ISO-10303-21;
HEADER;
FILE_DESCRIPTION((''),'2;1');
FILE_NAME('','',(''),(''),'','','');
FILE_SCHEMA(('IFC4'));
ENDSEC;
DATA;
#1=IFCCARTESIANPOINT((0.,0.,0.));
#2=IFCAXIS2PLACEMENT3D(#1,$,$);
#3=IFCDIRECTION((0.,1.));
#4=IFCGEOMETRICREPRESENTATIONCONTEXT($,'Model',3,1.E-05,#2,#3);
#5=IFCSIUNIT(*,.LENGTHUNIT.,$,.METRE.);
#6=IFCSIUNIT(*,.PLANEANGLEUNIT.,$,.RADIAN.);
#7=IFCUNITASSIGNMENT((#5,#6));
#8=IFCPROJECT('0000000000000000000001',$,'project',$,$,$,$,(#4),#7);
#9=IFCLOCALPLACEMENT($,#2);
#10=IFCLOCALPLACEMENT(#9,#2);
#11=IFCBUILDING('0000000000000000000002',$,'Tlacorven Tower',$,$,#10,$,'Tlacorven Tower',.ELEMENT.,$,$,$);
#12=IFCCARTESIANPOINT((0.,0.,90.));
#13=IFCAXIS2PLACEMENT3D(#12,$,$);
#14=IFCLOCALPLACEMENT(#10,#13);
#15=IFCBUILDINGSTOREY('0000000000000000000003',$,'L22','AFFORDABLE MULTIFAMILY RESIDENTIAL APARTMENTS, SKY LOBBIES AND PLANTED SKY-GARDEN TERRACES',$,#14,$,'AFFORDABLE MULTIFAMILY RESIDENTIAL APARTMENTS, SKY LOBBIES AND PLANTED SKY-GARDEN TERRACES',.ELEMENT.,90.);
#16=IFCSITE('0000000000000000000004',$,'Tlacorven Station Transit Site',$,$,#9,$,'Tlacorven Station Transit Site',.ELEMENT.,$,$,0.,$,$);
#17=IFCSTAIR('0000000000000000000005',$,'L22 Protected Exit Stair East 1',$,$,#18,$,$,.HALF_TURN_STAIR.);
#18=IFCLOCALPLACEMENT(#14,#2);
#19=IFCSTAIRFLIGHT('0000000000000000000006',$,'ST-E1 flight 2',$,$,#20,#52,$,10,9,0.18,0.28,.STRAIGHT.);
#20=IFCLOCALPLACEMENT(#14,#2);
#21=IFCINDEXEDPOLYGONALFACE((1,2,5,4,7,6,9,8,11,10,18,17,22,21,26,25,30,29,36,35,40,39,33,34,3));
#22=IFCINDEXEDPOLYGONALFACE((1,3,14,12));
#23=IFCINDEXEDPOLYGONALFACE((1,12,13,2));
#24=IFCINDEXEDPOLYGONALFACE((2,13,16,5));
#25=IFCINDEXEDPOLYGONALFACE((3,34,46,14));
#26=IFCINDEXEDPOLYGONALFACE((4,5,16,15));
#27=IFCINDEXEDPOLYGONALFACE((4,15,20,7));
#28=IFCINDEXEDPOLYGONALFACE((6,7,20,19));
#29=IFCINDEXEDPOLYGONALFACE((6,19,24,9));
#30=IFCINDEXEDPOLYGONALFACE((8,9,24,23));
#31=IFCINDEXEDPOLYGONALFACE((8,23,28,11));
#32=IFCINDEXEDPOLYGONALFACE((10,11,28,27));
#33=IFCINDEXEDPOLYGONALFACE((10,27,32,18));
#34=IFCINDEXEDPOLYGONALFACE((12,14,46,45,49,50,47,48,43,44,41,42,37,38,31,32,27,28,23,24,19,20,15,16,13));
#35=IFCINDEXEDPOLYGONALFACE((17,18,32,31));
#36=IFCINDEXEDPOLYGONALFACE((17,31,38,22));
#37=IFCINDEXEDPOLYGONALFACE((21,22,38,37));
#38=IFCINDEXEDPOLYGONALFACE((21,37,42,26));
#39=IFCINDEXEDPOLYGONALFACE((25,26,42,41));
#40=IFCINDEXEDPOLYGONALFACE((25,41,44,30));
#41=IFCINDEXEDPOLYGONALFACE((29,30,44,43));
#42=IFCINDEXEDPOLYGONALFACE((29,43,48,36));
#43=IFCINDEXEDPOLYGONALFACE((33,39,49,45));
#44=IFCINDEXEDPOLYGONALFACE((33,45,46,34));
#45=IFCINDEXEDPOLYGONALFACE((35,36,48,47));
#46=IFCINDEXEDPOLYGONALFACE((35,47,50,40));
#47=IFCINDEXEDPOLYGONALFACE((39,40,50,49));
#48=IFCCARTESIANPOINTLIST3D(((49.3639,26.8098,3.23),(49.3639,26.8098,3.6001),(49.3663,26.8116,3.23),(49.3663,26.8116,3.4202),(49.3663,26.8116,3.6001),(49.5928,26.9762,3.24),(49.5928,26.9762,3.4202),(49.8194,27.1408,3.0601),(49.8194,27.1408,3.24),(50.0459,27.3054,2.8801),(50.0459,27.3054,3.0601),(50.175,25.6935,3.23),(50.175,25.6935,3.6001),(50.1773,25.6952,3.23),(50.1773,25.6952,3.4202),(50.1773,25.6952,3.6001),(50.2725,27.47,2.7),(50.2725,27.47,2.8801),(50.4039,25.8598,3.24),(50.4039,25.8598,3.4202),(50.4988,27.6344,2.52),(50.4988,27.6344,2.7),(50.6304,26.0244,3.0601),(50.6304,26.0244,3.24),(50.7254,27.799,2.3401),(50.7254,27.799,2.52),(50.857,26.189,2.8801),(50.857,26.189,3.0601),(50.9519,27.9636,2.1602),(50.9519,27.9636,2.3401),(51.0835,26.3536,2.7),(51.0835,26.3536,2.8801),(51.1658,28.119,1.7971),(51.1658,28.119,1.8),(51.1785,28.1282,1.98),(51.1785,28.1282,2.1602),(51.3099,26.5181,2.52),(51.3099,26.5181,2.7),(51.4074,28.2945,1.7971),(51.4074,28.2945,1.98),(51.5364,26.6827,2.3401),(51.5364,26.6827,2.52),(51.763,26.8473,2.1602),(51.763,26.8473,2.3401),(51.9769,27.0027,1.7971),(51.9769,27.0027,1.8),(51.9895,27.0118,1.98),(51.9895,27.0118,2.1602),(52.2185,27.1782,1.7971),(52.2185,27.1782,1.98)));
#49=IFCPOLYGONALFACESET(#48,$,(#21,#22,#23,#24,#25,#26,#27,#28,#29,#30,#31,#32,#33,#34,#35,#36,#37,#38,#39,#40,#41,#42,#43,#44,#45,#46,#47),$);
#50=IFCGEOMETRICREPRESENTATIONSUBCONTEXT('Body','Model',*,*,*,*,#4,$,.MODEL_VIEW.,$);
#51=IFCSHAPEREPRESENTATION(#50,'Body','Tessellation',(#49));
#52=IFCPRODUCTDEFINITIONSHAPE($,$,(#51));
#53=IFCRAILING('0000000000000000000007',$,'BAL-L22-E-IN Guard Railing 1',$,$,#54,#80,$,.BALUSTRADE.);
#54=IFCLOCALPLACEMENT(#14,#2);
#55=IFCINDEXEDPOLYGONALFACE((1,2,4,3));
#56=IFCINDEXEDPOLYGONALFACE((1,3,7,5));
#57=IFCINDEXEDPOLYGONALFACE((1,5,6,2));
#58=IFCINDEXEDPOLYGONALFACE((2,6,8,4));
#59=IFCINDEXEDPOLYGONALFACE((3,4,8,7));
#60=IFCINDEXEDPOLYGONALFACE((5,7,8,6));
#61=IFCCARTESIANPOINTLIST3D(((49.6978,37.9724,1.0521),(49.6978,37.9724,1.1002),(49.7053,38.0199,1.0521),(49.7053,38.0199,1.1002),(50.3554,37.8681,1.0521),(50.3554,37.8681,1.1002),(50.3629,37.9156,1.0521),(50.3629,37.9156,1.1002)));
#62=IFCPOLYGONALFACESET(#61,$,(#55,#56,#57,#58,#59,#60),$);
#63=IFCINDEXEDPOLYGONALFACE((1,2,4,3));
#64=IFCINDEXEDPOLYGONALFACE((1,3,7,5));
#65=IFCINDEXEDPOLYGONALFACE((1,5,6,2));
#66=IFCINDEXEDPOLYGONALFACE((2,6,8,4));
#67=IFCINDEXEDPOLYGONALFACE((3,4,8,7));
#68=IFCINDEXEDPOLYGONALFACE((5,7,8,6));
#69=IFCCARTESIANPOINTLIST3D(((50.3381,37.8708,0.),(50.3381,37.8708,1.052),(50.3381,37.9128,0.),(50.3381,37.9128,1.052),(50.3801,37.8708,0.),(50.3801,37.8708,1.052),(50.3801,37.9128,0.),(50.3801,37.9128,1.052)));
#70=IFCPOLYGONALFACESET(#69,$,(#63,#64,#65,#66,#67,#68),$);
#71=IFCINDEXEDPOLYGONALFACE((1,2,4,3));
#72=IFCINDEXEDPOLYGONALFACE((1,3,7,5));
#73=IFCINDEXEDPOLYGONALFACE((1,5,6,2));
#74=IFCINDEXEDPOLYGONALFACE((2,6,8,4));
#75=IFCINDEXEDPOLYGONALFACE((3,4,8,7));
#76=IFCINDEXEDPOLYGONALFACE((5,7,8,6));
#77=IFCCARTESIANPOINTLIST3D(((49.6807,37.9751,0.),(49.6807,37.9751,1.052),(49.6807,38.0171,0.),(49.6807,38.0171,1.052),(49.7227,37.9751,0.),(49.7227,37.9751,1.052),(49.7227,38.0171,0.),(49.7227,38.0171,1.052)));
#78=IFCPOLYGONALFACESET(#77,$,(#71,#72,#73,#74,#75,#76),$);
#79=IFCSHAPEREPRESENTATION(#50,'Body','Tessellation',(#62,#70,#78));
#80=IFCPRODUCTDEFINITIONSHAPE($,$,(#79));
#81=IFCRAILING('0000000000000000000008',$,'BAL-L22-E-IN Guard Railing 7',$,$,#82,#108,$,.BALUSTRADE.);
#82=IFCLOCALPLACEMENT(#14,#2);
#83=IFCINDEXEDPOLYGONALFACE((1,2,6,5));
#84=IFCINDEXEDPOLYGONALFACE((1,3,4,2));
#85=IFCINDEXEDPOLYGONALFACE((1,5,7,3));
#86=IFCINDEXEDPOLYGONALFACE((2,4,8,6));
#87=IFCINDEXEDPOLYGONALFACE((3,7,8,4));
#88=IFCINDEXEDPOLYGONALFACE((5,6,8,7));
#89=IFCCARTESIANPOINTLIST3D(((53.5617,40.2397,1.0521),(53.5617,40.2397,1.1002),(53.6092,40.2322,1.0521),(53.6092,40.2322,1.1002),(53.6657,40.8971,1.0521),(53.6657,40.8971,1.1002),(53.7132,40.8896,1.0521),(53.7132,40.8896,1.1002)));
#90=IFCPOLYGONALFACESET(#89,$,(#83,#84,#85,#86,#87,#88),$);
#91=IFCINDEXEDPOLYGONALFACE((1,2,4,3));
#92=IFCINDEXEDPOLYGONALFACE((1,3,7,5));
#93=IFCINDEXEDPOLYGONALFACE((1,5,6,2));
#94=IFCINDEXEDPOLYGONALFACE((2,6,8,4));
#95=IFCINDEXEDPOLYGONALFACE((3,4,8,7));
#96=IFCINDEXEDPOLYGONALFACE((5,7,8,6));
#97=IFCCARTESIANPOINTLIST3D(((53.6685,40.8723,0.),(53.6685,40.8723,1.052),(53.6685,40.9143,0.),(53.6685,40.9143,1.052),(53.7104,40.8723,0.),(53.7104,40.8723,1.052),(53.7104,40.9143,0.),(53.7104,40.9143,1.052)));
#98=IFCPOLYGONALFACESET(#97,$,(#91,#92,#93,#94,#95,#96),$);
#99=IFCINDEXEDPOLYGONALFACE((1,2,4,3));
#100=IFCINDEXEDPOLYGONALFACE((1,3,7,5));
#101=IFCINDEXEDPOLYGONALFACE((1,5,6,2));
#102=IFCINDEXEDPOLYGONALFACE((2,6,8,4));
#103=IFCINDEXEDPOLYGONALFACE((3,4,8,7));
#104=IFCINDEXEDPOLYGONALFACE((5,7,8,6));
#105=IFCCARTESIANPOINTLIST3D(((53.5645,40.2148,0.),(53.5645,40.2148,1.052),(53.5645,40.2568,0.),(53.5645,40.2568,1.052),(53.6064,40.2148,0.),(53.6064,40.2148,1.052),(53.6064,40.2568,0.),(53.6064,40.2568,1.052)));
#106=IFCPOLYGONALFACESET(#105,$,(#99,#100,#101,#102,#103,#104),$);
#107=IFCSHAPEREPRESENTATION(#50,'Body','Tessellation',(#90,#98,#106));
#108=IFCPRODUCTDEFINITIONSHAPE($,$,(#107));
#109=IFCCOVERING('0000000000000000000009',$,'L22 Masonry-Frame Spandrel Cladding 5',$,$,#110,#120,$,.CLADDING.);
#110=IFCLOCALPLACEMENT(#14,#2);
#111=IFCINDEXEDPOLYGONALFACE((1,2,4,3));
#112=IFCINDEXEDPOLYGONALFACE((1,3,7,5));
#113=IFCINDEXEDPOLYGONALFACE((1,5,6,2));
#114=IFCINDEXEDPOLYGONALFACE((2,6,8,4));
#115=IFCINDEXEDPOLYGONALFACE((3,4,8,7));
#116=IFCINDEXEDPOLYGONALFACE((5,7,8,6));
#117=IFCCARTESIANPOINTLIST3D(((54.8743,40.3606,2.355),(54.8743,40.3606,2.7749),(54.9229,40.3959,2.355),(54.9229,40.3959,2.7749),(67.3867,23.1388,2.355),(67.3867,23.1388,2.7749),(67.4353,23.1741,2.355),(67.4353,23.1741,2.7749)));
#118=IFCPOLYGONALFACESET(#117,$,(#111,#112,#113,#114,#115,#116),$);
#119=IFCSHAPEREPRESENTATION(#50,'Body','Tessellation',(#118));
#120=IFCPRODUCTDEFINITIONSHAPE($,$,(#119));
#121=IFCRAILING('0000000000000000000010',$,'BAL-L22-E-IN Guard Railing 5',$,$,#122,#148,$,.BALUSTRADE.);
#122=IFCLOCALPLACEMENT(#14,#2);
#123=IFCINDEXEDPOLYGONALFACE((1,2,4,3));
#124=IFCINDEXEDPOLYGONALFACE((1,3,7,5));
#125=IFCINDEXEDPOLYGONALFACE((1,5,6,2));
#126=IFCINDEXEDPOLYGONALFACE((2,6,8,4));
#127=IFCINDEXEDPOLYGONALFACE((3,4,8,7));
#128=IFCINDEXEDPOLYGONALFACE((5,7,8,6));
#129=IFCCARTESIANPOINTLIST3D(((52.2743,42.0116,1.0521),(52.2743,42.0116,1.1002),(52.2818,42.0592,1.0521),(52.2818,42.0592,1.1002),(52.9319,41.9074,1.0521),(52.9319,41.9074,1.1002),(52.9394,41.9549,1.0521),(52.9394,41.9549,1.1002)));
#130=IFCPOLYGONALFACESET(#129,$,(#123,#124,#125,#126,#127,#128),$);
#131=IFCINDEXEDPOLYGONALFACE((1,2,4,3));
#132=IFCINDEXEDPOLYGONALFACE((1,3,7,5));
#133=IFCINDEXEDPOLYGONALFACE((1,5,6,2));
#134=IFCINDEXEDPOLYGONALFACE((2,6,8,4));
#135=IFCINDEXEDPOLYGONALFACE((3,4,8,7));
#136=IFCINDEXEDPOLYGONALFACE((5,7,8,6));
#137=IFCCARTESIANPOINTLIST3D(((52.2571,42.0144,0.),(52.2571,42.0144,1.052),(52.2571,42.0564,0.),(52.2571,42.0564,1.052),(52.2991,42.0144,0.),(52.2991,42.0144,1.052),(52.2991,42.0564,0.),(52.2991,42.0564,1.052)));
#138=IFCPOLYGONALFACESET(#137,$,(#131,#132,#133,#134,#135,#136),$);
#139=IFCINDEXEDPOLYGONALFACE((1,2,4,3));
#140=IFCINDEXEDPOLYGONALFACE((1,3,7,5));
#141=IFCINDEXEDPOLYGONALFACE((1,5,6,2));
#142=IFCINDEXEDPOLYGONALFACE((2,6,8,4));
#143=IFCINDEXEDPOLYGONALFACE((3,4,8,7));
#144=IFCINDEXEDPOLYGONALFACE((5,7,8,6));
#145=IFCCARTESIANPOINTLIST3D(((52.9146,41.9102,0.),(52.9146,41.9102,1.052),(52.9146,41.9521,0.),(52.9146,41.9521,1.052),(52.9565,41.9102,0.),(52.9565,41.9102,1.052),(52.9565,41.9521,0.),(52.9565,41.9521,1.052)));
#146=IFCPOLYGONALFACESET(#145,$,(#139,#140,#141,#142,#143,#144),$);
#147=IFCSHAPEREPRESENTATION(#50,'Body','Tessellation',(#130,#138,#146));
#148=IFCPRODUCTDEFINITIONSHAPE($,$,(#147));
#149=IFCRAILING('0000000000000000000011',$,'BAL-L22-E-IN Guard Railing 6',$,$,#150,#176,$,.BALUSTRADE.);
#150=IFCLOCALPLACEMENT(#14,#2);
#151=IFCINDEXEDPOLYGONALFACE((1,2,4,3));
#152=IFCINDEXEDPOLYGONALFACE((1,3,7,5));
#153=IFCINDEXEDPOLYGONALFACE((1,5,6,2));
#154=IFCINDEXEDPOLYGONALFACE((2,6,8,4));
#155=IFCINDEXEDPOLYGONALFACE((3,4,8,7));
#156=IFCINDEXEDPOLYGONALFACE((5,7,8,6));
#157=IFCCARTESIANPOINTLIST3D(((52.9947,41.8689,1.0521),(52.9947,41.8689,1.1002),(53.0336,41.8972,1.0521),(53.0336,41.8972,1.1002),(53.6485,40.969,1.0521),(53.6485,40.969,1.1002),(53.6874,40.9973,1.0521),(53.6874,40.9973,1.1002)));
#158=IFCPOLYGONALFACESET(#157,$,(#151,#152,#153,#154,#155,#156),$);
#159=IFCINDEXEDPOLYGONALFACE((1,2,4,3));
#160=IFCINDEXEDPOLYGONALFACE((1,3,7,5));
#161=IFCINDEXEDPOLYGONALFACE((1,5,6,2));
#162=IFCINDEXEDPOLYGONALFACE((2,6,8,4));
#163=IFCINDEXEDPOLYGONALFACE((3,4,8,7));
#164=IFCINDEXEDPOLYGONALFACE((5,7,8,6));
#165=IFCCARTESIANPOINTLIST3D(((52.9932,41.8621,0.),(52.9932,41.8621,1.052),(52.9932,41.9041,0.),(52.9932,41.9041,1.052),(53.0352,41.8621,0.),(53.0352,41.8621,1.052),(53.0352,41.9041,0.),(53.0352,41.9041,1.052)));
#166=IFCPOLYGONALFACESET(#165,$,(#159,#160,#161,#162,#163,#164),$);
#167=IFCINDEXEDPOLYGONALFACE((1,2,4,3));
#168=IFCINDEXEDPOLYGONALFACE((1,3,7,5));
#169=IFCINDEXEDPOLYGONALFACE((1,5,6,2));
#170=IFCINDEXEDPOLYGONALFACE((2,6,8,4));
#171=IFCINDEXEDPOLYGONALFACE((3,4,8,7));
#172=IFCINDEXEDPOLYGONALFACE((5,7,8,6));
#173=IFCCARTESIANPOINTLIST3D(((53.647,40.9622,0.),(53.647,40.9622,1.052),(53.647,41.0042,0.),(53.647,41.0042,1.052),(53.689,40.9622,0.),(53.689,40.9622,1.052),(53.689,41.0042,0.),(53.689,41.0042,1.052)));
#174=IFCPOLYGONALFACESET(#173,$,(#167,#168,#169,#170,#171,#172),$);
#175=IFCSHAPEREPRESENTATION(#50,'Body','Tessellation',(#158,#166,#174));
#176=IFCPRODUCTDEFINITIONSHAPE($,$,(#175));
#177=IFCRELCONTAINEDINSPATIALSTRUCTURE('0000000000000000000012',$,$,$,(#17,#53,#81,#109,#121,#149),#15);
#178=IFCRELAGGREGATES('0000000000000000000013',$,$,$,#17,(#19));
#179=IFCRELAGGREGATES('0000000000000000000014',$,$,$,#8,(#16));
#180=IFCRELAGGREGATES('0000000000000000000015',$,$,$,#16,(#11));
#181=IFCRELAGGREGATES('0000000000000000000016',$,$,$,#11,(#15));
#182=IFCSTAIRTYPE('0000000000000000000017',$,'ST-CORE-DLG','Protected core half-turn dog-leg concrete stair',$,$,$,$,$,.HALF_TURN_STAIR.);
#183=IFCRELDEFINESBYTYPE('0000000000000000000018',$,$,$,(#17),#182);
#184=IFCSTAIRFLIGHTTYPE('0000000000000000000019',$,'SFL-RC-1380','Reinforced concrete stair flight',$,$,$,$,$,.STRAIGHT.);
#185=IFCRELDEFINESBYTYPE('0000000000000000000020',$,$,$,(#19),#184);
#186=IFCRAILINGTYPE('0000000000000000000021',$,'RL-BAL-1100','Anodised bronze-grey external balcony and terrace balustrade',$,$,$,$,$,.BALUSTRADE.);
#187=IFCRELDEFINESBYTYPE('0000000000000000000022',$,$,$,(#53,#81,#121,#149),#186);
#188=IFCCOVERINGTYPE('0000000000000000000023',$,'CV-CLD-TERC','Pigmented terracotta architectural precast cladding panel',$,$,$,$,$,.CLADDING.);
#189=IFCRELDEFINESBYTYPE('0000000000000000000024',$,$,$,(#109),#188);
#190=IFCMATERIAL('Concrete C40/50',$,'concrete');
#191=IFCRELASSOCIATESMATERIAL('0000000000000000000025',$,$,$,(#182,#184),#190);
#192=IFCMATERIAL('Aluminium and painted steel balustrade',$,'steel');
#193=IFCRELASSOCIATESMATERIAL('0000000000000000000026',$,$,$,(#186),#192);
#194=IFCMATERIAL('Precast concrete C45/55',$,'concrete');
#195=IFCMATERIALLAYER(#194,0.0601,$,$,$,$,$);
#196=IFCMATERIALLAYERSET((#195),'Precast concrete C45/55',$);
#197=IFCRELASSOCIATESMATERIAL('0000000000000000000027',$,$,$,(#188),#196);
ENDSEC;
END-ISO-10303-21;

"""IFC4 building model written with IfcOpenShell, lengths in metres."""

from ifc_helpers import new_model, si_unit, direction, frame, origin, origin_2d, place, context, subcontext, project, spatial, polyline, rectangle, outline, extrude, source, transform, mapped, material, layer, layer_set, type_object, element, aggregate, save


model = new_model("IFC4")

# Units and contexts
model_context = context("Model", 3, precision=1e-05, world=origin(), true_north=direction((0.0, 1.0)))
body_context = subcontext(model_context, "Body", "Model", "MODEL_VIEW")
ifc_project = project(units=[si_unit("LENGTHUNIT", "METRE"), si_unit("PLANEANGLEUNIT", "RADIAN")], contexts=[model_context])

# Site, building, storey
site_placement = place(None, origin())
site = spatial("IfcSite", under=ifc_project, at=site_placement, Name="Tlacorven Station Transit Site", LongName="Tlacorven Station Transit Site", CompositionType="ELEMENT", RefElevation=0.0)
building_placement = place(site_placement, origin())
building = spatial("IfcBuilding", under=site, at=building_placement, Name="Tlacorven Tower", LongName="Tlacorven Tower", CompositionType="ELEMENT")
storey_placement = place(building_placement, frame((0.0, 0.0, 90.0)))
storey = spatial("IfcBuildingStorey", under=building, at=storey_placement, Name="L22", Description="AFFORDABLE MULTIFAMILY RESIDENTIAL APARTMENTS, SKY LOBBIES AND PLANTED SKY-GARDEN TERRACES", LongName="AFFORDABLE MULTIFAMILY RESIDENTIAL APARTMENTS, SKY LOBBIES AND PLANTED SKY-GARDEN TERRACES", CompositionType="ELEMENT", Elevation=90.0)

# Shared definitions
ifc_material_1 = material(Name="Precast concrete C45/55", Category="concrete")

# Stair, stair flight
ifc_material_2 = material(Name="Concrete C40/50", Category="concrete")
stair_type = type_object("IfcStairType", Name="ST-CORE-DLG", Description="Protected core half-turn dog-leg concrete stair", PredefinedType="HALF_TURN_STAIR", material=ifc_material_2)
stair_placement = place(storey_placement, origin())
stair = element("IfcStair", 1, at=stair_placement, inside=storey, type_object=stair_type, Name="L22 Protected Exit Stair East 1", PredefinedType="HALF_TURN_STAIR")
stair_flight_type = type_object("IfcStairFlightType", Name="SFL-RC-1380", Description="Reinforced concrete stair flight", PredefinedType="STRAIGHT", material=ifc_material_2)
shared_shape_1 = source(origin(), body_context, "Body", "SweptSolid", [
    extrude(outline(polyline([(-0.0029, -0.0029), (-0.0029, 0.1799), (0.28, 0.1799), (0.28, 0.3601), (0.5601, 0.3601), (0.5601, 0.54), (0.8401, 0.54), (0.8401, 0.72), (1.1201, 0.72), (1.1201, 0.8999), (1.3999, 0.8999), (1.3999, 1.0801), (1.6799, 1.0801), (1.6799, 1.26), (1.96, 1.26), (1.96, 1.4399), (2.24, 1.4399), (2.24, 1.6201), (2.52, 1.6201), (2.52, 1.8), (2.5229, 1.8), (2.5229, 1.4299), (2.52, 1.4299), (0.2957, 0.0), (0.2957, -0.0029), (-0.0029, -0.0029)])), frame((0.0, 0.6899, 0.0), z_axis=(0.0, -1.0, 0.0), x_axis=(1.0, 0.0, 0.0)), (0.0, 0.0, 1.0), 1.3799),
])
stair_flight_placement = place(storey_placement, frame((51.8105, 27.7346, 1.8), z_axis=(0.0, 0.0, 1.0), x_axis=(-0.809017, -0.587785, 0.0)))
stair_flight = element("IfcStairFlight", 2, at=stair_flight_placement, type_object=stair_flight_type, Name="ST-E1 flight 2", NumberOfRisers=10, NumberOfTreads=9, PredefinedType="STRAIGHT", RiserHeight=0.18, TreadLength=0.28, context=body_context, shape_type="MappedRepresentation", body=[
    mapped(shared_shape_1, transform((0.0, 0.0, 0.0), scale=1.0)),
])
aggregate(stair, [stair_flight])

# Railings
ifc_material_3 = material(Name="Aluminium and painted steel balustrade", Category="steel")
railing_type_1 = type_object("IfcRailingType", Name="RL-BAL-1100", Description="Anodised bronze-grey external balcony and terrace balustrade", PredefinedType="BALUSTRADE", material=ifc_material_3)
shared_shape_2 = source(origin(), body_context, "Body", "SweptSolid", [
    extrude(rectangle(XDim=0.0481, YDim=0.0481, at=origin_2d()), frame((0.0, 0.0, 1.0762), z_axis=(-0.987662, 0.156603, 0.0), x_axis=(-0.156603, -0.987662, 0.0)), (0.0, 0.0, 1.0), 0.6658),
    extrude(rectangle(XDim=0.042, YDim=0.042, at=origin_2d()), origin(), (0.0, 0.0, 1.0), 1.052),
    extrude(rectangle(XDim=0.042, YDim=0.042, at=origin_2d()), frame((-0.6575, 0.1042, 0.0)), (0.0, 0.0, 1.0), 1.052),
])
railing_1_placement = place(storey_placement, frame((50.3591, 37.8918, 0.0)))
element("IfcRailing", 3, at=railing_1_placement, inside=storey, type_object=railing_type_1, Name="BAL-L22-E-IN Guard Railing 1", PredefinedType="BALUSTRADE", context=body_context, shape_type="MappedRepresentation", body=[
    mapped(shared_shape_2, transform((0.0, 0.0, 0.0), scale=1.0)),
])
shared_shape_3 = source(origin(), body_context, "Body", "SweptSolid", [
    extrude(rectangle(XDim=0.0481, YDim=0.0481, at=origin_2d()), frame((0.0, 0.0, 1.0762), z_axis=(-0.156245, -0.987718, 0.0), x_axis=(0.987718, -0.156245, 0.0)), (0.0, 0.0, 1.0), 0.6655),
    extrude(rectangle(XDim=0.042, YDim=0.042, at=origin_2d()), origin(), (0.0, 0.0, 1.0), 1.052),
    extrude(rectangle(XDim=0.042, YDim=0.042, at=origin_2d()), frame((-0.104, -0.6575, 0.0)), (0.0, 0.0, 1.0), 1.052),
])
railing_2_placement = place(storey_placement, frame((53.6895, 40.8933, 0.0)))
element("IfcRailing", 4, at=railing_2_placement, inside=storey, type_object=railing_type_1, Name="BAL-L22-E-IN Guard Railing 7", PredefinedType="BALUSTRADE", context=body_context, shape_type="MappedRepresentation", body=[
    mapped(shared_shape_3, transform((0.0, 0.0, 0.0), scale=1.0)),
])

# Covering
ifc_layer_1 = layer(ifc_material_1, 0.0601)
ifc_layer_set_1 = layer_set([ifc_layer_1], Name="Precast concrete C45/55")
covering_type = type_object("IfcCoveringType", Name="CV-CLD-TERC", Description="Pigmented terracotta architectural precast cladding panel", PredefinedType="CLADDING", material=ifc_layer_set_1)
shared_shape_4 = source(origin(), body_context, "Body", "SweptSolid", [
    extrude(rectangle(XDim=21.2874, YDim=0.0601, at=origin_2d()), origin(), (0.0, 0.0, 1.0), 0.4199),
])
covering_placement = place(storey_placement, frame((61.1548, 31.7673, 2.355), z_axis=(0.0, 0.0, 1.0), x_axis=(0.587785, -0.809017, 0.0)))
element("IfcCovering", 5, at=covering_placement, inside=storey, type_object=covering_type, Name="L22 Masonry-Frame Spandrel Cladding 5", PredefinedType="CLADDING", context=body_context, shape_type="MappedRepresentation", body=[
    mapped(shared_shape_4, transform((0.0, 0.0, 0.0), scale=1.0)),
])

# Railings
shared_shape_5 = source(origin(), body_context, "Body", "SweptSolid", [
    extrude(rectangle(XDim=0.0481, YDim=0.0481, at=origin_2d()), frame((0.0, 0.0, 1.0762), z_axis=(0.987662, -0.156603, 0.0), x_axis=(0.156603, 0.987662, 0.0)), (0.0, 0.0, 1.0), 0.6658),
    extrude(rectangle(XDim=0.042, YDim=0.042, at=origin_2d()), origin(), (0.0, 0.0, 1.0), 1.052),
    extrude(rectangle(XDim=0.042, YDim=0.042, at=origin_2d()), frame((0.6575, -0.1042, 0.0)), (0.0, 0.0, 1.0), 1.052),
])
railing_3_placement = place(storey_placement, frame((52.2781, 42.0354, 0.0)))
element("IfcRailing", 6, at=railing_3_placement, inside=storey, type_object=railing_type_1, Name="BAL-L22-E-IN Guard Railing 5", PredefinedType="BALUSTRADE", context=body_context, shape_type="MappedRepresentation", body=[
    mapped(shared_shape_5, transform((0.0, 0.0, 0.0), scale=1.0)),
])
shared_shape_6 = source(origin(), body_context, "Body", "SweptSolid", [
    extrude(rectangle(XDim=0.0481, YDim=0.0481, at=origin_2d()), frame((0.0, 0.0, 1.0762), z_axis=(0.58778, -0.809021, 0.0), x_axis=(0.809021, 0.58778, 0.0)), (0.0, 0.0, 1.0), 1.1123),
    extrude(rectangle(XDim=0.042, YDim=0.042, at=origin_2d()), origin(), (0.0, 0.0, 1.0), 1.052),
    extrude(rectangle(XDim=0.042, YDim=0.042, at=origin_2d()), frame((0.6538, -0.8999, 0.0)), (0.0, 0.0, 1.0), 1.052),
])
railing_4_placement = place(storey_placement, frame((53.0142, 41.8831, 0.0)))
element("IfcRailing", 7, at=railing_4_placement, inside=storey, type_object=railing_type_1, Name="BAL-L22-E-IN Guard Railing 6", PredefinedType="BALUSTRADE", context=body_context, shape_type="MappedRepresentation", body=[
    mapped(shared_shape_6, transform((0.0, 0.0, 0.0), scale=1.0)),
])

save(model, "model.ifc")
